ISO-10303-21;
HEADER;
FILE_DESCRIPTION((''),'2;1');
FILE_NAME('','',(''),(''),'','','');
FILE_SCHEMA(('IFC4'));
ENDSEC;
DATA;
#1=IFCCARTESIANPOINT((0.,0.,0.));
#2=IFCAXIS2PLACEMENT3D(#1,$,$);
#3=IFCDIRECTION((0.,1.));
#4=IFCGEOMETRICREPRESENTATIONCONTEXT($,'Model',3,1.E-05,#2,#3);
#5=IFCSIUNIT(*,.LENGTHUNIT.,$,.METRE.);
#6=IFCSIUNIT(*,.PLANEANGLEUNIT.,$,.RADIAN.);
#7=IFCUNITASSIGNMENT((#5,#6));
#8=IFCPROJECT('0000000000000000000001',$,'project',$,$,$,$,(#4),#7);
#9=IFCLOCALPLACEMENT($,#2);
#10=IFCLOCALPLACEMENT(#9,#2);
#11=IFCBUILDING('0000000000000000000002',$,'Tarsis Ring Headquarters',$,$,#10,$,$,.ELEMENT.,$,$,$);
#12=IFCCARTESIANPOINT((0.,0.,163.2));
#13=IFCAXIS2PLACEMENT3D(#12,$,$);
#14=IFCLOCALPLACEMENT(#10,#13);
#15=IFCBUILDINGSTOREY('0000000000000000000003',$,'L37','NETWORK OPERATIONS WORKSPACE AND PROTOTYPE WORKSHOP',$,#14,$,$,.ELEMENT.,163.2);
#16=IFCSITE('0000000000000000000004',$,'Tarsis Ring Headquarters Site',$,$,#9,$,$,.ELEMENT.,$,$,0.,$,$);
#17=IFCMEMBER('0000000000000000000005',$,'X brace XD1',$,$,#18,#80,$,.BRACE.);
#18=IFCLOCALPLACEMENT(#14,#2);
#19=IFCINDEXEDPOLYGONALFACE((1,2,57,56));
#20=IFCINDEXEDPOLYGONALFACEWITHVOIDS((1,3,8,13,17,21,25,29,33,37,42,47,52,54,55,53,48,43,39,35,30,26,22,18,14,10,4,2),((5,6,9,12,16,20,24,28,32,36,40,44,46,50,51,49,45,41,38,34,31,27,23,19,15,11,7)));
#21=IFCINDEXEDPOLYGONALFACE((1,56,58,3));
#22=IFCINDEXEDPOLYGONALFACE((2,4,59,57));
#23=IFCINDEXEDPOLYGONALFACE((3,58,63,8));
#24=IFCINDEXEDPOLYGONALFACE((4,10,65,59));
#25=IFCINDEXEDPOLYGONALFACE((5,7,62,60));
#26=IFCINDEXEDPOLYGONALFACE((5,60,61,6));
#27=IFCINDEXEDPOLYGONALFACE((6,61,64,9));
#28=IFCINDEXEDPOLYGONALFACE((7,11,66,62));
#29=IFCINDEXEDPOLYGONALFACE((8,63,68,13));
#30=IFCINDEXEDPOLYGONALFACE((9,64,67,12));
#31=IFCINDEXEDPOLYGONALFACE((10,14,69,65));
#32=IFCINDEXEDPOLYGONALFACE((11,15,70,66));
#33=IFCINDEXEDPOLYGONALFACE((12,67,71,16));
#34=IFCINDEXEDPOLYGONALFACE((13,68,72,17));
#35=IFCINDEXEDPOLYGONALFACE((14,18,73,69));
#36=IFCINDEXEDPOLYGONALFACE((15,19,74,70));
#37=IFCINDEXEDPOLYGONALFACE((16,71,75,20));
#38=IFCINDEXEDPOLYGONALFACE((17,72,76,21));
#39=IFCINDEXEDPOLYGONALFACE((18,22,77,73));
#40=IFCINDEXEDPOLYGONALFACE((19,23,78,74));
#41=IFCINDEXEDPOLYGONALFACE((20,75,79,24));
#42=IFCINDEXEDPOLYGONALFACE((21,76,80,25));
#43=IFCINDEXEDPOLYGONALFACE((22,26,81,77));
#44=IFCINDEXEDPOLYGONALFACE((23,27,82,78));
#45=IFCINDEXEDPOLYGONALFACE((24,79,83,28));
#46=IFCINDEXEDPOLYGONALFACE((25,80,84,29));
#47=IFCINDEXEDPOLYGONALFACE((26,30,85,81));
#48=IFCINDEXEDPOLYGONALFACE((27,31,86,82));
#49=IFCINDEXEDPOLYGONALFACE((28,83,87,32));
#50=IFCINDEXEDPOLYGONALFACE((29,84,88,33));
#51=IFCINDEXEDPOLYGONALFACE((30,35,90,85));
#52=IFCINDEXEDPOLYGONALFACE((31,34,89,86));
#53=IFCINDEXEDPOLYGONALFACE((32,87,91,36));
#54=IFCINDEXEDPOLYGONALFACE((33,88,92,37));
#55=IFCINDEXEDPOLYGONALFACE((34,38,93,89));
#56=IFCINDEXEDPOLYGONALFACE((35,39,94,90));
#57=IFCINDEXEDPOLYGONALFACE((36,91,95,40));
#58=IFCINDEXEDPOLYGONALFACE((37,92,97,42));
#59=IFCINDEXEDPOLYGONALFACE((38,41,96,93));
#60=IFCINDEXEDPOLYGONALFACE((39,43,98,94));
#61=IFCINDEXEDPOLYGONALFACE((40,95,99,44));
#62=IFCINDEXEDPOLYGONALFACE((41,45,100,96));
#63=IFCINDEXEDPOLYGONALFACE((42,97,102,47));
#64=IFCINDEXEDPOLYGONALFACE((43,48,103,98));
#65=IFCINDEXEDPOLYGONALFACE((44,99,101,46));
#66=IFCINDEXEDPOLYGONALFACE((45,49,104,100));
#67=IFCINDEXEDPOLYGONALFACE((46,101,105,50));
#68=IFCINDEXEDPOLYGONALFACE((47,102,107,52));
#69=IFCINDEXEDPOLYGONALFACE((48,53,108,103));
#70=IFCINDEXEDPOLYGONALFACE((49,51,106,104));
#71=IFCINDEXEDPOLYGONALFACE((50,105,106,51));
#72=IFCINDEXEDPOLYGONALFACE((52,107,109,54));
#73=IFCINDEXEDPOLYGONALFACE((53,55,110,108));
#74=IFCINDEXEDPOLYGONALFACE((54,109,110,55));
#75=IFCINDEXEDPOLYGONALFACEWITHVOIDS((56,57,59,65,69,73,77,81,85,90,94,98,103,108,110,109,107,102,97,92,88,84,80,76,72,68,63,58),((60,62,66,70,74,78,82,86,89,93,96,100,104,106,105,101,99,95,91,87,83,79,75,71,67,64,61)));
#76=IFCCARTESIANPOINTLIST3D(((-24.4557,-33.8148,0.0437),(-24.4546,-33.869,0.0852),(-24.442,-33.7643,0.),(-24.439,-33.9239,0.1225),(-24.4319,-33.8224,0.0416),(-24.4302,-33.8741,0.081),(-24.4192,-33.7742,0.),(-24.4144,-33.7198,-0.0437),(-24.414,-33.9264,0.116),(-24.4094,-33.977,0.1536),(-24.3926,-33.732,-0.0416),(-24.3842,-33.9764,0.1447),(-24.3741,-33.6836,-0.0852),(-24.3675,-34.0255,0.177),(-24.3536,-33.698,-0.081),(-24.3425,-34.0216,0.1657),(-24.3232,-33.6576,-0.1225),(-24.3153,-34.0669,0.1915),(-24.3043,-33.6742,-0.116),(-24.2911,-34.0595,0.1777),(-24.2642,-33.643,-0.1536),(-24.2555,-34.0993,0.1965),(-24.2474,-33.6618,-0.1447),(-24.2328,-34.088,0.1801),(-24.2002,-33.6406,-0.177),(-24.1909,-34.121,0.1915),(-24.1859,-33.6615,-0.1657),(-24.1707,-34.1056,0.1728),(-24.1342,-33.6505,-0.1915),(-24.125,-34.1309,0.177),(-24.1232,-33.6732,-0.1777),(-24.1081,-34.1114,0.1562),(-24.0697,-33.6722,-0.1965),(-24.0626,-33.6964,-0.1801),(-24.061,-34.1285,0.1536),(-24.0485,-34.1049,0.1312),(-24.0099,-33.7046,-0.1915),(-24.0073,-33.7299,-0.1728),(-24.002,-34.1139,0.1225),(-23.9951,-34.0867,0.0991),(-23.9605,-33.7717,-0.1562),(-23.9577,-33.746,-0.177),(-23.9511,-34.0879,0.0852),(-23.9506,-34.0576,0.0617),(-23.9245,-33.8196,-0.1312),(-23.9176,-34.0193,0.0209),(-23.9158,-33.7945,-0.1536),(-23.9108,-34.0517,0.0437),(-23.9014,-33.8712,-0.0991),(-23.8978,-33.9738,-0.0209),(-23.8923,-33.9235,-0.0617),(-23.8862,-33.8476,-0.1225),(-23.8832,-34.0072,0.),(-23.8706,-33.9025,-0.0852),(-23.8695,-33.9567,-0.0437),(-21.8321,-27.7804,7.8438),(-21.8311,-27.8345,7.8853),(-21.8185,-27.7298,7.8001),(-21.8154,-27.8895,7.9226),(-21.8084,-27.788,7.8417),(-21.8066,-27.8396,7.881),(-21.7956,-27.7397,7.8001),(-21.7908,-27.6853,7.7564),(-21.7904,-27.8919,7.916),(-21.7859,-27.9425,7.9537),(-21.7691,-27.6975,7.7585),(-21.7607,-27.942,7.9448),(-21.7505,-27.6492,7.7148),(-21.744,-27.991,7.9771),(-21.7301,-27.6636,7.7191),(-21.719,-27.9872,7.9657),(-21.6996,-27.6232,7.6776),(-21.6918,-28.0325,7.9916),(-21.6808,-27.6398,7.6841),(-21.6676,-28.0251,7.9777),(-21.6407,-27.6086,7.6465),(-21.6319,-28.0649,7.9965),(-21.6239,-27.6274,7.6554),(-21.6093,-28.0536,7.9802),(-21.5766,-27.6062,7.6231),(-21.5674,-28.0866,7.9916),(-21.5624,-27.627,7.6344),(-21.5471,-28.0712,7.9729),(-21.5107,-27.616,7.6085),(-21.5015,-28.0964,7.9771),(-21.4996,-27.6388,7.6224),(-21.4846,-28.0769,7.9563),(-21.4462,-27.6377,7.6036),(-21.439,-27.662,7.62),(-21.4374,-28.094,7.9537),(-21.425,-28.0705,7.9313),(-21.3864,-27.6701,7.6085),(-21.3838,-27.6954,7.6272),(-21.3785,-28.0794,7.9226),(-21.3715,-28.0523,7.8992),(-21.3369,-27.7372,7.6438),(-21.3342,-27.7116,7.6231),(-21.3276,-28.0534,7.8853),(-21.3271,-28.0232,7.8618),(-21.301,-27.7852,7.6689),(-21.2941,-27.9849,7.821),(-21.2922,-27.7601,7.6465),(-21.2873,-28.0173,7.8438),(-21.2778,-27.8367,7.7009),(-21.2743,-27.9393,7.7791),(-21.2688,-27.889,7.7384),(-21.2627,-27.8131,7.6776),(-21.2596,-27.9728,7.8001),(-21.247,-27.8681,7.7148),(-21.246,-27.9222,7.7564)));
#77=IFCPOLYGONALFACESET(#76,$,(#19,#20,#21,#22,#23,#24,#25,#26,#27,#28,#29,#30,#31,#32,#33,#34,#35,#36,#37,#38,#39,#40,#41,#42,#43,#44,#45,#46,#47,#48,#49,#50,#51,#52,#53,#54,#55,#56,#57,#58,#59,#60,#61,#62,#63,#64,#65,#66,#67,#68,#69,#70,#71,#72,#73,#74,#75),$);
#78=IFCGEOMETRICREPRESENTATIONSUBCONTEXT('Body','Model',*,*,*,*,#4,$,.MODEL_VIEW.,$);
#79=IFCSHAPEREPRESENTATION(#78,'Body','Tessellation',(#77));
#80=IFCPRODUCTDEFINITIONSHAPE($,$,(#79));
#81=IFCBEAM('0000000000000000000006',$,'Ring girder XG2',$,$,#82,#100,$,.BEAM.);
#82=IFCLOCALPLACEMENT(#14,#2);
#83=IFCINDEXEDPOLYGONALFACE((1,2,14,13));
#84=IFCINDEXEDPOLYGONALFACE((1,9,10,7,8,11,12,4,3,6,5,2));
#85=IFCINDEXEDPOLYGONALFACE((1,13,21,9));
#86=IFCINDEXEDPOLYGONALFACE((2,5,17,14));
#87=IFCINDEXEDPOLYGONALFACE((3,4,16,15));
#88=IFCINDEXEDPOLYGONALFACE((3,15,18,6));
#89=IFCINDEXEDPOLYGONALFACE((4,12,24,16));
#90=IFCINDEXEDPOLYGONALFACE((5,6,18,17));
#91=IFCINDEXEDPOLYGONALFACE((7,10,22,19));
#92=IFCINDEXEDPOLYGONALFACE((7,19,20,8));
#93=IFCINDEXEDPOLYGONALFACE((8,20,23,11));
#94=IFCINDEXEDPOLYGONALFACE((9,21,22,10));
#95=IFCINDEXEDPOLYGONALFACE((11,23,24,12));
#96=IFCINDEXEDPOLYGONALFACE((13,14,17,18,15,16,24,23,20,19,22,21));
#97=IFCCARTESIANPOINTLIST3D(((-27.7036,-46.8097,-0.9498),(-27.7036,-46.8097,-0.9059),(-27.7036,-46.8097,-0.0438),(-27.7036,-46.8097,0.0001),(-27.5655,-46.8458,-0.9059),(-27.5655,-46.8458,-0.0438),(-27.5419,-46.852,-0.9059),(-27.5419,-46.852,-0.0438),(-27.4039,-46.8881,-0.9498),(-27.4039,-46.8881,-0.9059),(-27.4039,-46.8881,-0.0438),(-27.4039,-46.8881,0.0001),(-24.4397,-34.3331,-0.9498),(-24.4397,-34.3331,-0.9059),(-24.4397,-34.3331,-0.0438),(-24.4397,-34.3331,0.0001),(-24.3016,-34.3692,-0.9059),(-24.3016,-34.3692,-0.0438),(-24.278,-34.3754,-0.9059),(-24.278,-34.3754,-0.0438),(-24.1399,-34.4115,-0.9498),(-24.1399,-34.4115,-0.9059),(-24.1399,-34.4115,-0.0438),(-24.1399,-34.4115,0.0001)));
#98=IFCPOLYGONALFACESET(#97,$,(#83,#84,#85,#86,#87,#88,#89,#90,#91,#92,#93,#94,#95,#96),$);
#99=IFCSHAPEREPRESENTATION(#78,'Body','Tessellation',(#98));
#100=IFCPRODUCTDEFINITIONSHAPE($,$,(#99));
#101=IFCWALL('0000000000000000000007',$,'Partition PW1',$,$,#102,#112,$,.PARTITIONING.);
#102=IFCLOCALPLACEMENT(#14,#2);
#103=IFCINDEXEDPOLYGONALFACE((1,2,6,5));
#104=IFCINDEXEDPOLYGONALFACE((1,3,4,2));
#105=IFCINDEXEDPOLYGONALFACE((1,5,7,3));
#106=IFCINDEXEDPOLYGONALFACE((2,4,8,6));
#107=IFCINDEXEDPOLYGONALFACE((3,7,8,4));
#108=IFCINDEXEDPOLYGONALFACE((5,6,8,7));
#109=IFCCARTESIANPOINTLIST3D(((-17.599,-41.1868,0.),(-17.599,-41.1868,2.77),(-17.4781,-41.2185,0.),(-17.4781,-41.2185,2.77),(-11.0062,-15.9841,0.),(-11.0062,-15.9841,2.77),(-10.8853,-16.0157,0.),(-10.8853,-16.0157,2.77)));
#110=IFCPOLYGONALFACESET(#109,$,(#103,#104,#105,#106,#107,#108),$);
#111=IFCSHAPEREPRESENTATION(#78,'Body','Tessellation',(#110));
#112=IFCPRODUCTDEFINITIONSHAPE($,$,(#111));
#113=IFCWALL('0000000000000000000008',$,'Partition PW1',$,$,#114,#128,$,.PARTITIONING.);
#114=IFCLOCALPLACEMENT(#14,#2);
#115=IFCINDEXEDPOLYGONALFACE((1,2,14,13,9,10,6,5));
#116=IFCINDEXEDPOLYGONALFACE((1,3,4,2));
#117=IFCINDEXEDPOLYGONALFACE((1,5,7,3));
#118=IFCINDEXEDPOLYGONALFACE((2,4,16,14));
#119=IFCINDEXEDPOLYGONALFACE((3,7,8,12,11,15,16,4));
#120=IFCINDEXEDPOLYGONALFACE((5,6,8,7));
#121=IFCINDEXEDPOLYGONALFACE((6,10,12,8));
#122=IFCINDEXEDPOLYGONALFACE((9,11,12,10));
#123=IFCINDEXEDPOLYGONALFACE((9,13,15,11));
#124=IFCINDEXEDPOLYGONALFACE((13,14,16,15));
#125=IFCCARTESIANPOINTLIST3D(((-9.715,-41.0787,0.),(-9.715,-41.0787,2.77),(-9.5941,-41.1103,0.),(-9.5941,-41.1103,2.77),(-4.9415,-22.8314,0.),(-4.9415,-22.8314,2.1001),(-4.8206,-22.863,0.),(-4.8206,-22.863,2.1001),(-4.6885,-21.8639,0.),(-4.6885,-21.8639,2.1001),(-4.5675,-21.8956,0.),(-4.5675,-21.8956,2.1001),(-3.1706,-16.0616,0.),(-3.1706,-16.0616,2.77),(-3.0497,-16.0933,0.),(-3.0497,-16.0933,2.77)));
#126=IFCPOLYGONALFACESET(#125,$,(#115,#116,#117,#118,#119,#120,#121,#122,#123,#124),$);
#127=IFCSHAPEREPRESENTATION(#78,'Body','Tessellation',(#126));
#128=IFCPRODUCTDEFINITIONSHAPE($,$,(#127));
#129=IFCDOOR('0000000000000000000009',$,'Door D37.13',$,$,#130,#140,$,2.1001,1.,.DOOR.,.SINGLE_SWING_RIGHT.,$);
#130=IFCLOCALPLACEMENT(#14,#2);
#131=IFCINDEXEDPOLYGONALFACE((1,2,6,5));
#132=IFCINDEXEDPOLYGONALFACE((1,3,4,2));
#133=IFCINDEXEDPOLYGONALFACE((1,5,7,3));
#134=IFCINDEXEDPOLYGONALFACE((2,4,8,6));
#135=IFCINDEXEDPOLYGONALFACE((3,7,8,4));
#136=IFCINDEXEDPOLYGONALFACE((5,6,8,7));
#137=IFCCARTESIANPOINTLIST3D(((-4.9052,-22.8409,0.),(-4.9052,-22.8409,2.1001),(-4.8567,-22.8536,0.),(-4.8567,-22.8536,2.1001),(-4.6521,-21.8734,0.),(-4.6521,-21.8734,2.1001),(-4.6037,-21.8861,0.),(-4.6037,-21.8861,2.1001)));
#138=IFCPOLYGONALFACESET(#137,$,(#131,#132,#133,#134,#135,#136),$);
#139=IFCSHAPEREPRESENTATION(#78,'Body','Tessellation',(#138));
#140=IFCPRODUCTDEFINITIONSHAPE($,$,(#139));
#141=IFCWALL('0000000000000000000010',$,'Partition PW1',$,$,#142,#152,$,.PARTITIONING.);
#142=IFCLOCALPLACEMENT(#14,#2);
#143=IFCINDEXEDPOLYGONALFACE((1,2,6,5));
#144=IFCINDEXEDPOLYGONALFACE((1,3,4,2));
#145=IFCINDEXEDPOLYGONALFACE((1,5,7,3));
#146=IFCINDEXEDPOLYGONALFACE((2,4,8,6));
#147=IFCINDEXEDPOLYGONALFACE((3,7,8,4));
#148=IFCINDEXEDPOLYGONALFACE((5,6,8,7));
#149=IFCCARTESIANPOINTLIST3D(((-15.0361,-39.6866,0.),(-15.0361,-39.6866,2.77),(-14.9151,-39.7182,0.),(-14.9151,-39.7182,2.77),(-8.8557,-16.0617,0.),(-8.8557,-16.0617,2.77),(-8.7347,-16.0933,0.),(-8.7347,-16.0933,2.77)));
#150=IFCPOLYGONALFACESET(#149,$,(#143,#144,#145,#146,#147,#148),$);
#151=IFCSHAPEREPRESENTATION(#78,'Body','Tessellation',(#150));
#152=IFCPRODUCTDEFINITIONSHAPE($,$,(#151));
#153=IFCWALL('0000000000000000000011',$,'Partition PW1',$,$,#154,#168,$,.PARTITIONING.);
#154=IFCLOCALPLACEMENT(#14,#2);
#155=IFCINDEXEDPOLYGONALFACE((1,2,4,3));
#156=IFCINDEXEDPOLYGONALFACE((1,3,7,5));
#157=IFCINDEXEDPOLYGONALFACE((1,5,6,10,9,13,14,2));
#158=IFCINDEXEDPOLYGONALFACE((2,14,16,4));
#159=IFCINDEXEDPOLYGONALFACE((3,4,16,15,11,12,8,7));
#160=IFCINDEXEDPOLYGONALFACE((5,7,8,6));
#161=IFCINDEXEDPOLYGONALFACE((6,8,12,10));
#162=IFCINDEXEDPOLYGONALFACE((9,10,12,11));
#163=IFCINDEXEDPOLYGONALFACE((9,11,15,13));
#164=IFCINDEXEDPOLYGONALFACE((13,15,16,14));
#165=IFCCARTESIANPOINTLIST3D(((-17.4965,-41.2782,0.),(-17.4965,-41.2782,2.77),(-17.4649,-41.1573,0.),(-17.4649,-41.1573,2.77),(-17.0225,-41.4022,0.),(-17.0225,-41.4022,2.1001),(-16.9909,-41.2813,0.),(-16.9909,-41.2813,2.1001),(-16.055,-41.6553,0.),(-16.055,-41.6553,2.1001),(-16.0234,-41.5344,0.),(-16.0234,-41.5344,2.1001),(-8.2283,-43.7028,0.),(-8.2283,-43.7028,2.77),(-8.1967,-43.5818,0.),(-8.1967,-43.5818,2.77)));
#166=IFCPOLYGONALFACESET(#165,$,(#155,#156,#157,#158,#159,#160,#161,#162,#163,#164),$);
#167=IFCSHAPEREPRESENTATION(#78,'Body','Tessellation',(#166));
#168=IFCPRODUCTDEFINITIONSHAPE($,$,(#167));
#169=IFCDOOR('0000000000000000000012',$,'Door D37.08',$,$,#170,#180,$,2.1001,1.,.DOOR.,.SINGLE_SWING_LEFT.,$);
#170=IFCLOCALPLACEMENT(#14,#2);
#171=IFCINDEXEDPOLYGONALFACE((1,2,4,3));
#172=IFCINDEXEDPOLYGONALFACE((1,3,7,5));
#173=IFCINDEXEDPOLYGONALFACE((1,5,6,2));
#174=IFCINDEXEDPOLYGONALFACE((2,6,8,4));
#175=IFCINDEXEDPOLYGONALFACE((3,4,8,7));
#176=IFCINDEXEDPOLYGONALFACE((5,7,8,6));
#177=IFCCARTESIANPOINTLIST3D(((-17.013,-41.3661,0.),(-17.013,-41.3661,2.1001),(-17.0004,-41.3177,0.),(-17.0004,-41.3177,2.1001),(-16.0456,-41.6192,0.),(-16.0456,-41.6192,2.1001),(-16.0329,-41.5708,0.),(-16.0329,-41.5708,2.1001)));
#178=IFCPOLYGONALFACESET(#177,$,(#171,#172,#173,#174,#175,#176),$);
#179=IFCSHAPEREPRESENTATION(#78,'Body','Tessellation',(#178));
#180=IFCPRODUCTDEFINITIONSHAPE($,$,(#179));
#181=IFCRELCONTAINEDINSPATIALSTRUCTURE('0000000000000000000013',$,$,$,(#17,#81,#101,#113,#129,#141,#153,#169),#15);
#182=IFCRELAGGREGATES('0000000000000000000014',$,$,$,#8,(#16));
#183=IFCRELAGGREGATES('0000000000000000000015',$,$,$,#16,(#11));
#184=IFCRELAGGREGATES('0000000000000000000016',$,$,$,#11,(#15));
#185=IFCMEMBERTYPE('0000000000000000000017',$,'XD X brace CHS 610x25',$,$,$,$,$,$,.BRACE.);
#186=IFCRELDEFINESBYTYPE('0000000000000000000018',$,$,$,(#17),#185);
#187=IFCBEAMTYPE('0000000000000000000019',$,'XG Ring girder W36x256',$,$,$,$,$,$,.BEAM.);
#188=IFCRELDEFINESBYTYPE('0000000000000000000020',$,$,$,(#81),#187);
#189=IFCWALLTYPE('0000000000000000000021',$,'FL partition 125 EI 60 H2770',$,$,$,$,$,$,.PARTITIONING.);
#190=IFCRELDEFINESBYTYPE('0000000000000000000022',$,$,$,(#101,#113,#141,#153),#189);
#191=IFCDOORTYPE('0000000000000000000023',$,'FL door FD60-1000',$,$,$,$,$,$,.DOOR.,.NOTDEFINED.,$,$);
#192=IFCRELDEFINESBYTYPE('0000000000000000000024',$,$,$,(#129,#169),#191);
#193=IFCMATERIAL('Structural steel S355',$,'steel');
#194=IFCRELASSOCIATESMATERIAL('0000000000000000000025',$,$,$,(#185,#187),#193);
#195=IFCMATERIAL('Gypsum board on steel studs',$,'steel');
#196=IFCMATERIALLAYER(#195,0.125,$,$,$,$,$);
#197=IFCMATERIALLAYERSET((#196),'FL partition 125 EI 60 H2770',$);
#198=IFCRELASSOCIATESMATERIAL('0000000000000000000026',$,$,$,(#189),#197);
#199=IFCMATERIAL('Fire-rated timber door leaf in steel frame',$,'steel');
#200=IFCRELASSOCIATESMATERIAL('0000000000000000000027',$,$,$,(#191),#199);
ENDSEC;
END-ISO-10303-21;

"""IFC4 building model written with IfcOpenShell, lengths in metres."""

from ifc_helpers import new_model, si_unit, direction, frame, frame_2d, origin, origin_2d, place, context, subcontext, project, spatial, rectangle, hollow_circle, i_section, extrude, material, layer, layer_set, material_profile, profile_set, type_object, element, fill, save


model = new_model("IFC4")

# Units and contexts
model_context = context("Model", 3, precision=1e-05, world=origin(), true_north=direction((0.0, 1.0)))
body_context = subcontext(model_context, "Body", "Model", "MODEL_VIEW")
ifc_project = project(units=[si_unit("LENGTHUNIT", "METRE"), si_unit("PLANEANGLEUNIT", "RADIAN")], contexts=[model_context])

# Site, building, storey
site_placement = place(None, origin())
site = spatial("IfcSite", under=ifc_project, at=site_placement, Name="Tarsis Ring Headquarters Site", CompositionType="ELEMENT", RefElevation=0.0)
building_placement = place(site_placement, origin())
building = spatial("IfcBuilding", under=site, at=building_placement, Name="Tarsis Ring Headquarters", CompositionType="ELEMENT")
storey_placement = place(building_placement, frame((0.0, 0.0, 163.2)))
storey = spatial("IfcBuildingStorey", under=building, at=storey_placement, Name="L37", Description="NETWORK OPERATIONS WORKSPACE AND PROTOTYPE WORKSHOP", CompositionType="ELEMENT", Elevation=163.2)

# Shared definitions
ifc_material_1 = material(Name="Structural steel S355", Category="steel")

# Shared definitions
ifc_material_profile_1 = material_profile(ifc_material_1, i_section(OverallWidth=0.3098, OverallDepth=0.95, WebThickness=0.0244, FlangeThickness=0.0439, at=origin_2d()), Name="W36x256")
ifc_profile_set_1 = profile_set([ifc_material_profile_1], Name="Structural steel S355")

# Member
ifc_material_profile_2 = material_profile(ifc_material_1, hollow_circle(Radius=0.3047, WallThickness=0.0249, at=origin_2d()), Name="CHS 610x25")
ifc_profile_set_2 = profile_set([ifc_material_profile_2], Name="Structural steel S355")
member_type = type_object("IfcMemberType", Name="XD X brace CHS 610x25", PredefinedType="BRACE", material=ifc_profile_set_2)
member_placement = place(storey_placement, frame((-24.1626, -33.8857, 0.0), z_axis=(0.257088, 0.591332, 0.764351), x_axis=(-0.917077, 0.39871, 0.0)))
element("IfcMember", 1, at=member_placement, inside=storey, type_object=member_type, Name="X brace XD1", PredefinedType="BRACE", context=body_context, shape_type="SweptSolid", body=[
    extrude(hollow_circle(Radius=0.3047, WallThickness=0.0249, at=origin_2d()), origin(), (0.0, 0.0, 1.0), 10.2048),
])

# Beam
beam_type_1 = type_object("IfcBeamType", Name="XG Ring girder W36x256", PredefinedType="BEAM", material=ifc_profile_set_1)
beam_1_placement = place(storey_placement, frame((-24.2898, -34.3723, -0.4749), z_axis=(-0.253087, -0.967444, 0.0), x_axis=(0.967444, -0.253087, 0.0)))
element("IfcBeam", 2, at=beam_1_placement, inside=storey, type_object=beam_type_1, Name="Ring girder XG2", PredefinedType="BEAM", context=body_context, shape_type="SweptSolid", body=[
    extrude(i_section(OverallWidth=0.3098, OverallDepth=0.95, WebThickness=0.0244, FlangeThickness=0.0439, at=origin_2d()), origin(), (0.0, 0.0, 1.0), 12.8965),
])

# Wall
ifc_material_2 = material(Name="Gypsum board on steel studs", Category="steel")
ifc_layer_1 = layer(ifc_material_2, 0.125)
ifc_layer_set_1 = layer_set([ifc_layer_1], Name="FL partition 125 EI 60 H2770")
wall_type_1 = type_object("IfcWallType", Name="FL partition 125 EI 60 H2770", PredefinedType="PARTITIONING", material=ifc_layer_set_1)
wall_1_placement = place(storey_placement, frame((-17.5386, -41.2026, 0.0), z_axis=(0.0, 0.0, 1.0), x_axis=(0.253075, 0.967447, 0.0)))
element("IfcWall", 3, at=wall_1_placement, inside=storey, type_object=wall_type_1, Name="Partition PW1", PredefinedType="PARTITIONING", context=body_context, shape_type="SweptSolid", body=[
    extrude(rectangle(XDim=26.0508, YDim=0.125, at=frame_2d((13.0254, 0.0))), origin(), (0.0, 0.0, 1.0), 2.77),
])

# Wall, opening, door
wall_2_placement = place(storey_placement, frame((-9.6545, -41.0945, 0.0), z_axis=(0.0, 0.0, 1.0), x_axis=(0.253082, 0.967445, 0.0)))
wall_2 = element("IfcWall", 4, at=wall_2_placement, inside=storey, type_object=wall_type_1, Name="Partition PW1", PredefinedType="PARTITIONING", context=body_context, shape_type="SweptSolid", body=[
    extrude(rectangle(XDim=25.8589, YDim=0.125, at=frame_2d((12.9294, 0.0))), origin(), (0.0, 0.0, 1.0), 2.77),
])
opening_1_placement = place(wall_2_placement, frame((18.8613, 0.0, 0.0)))
opening_1 = element("IfcOpeningElement", 5, at=opening_1_placement, cuts=wall_2, PredefinedType="OPENING", context=body_context, shape_type="SweptSolid", body=[
    extrude(rectangle(XDim=1.0, YDim=2.1001, at=frame_2d((0.5, 1.05))), frame((0.0, 0.0725, 0.0), z_axis=(0.0, -1.0, 0.0), x_axis=(1.0, 0.0, 0.0)), (0.0, 0.0, 1.0), 0.145),
])
ifc_material_3 = material(Name="Fire-rated timber door leaf in steel frame", Category="steel")
door_type = type_object("IfcDoorType", Name="FL door FD60-1000", OperationType="NOTDEFINED", PredefinedType="DOOR", material=ifc_material_3)
door_1_placement = place(opening_1_placement, origin())
door_1 = element("IfcDoor", 6, at=door_1_placement, inside=storey, type_object=door_type, Name="Door D37.13", OperationType="SINGLE_SWING_RIGHT", OverallHeight=2.1001, OverallWidth=1.0, PredefinedType="DOOR", context=body_context, shape_type="SweptSolid", body=[
    extrude(rectangle(XDim=1.0, YDim=2.1001, at=frame_2d((0.5, 1.05))), frame((0.0, 0.0249, 0.0), z_axis=(0.0, -1.0, 0.0), x_axis=(1.0, 0.0, 0.0)), (0.0, 0.0, 1.0), 0.05),
])
fill(opening_1, door_1)

# Wall
wall_3_placement = place(storey_placement, frame((-14.9756, -39.7024, 0.0), z_axis=(0.0, 0.0, 1.0), x_axis=(0.253088, 0.967443, 0.0)))
element("IfcWall", 7, at=wall_3_placement, inside=storey, type_object=wall_type_1, Name="Partition PW1", PredefinedType="PARTITIONING", context=body_context, shape_type="SweptSolid", body=[
    extrude(rectangle(XDim=24.4199, YDim=0.125, at=frame_2d((12.21, 0.0))), origin(), (0.0, 0.0, 1.0), 2.77),
])

# Wall, opening, door
wall_4_placement = place(storey_placement, frame((-17.4807, -41.2178, 0.0), z_axis=(0.0, 0.0, 1.0), x_axis=(0.967445, -0.253081, 0.0)))
wall_4 = element("IfcWall", 8, at=wall_4_placement, inside=storey, type_object=wall_type_1, Name="Partition PW1", PredefinedType="PARTITIONING", context=body_context, shape_type="SweptSolid", body=[
    extrude(rectangle(XDim=9.5801, YDim=0.125, at=frame_2d((4.79, 0.0))), origin(), (0.0, 0.0, 1.0), 2.77),
])
opening_2_placement = place(wall_4_placement, frame((0.49, 0.0, 0.0)))
opening_2 = element("IfcOpeningElement", 9, at=opening_2_placement, cuts=wall_4, PredefinedType="OPENING", context=body_context, shape_type="SweptSolid", body=[
    extrude(rectangle(XDim=1.0, YDim=2.1001, at=frame_2d((0.5, 1.05))), frame((0.0, 0.0725, 0.0), z_axis=(0.0, -1.0, 0.0), x_axis=(1.0, 0.0, 0.0)), (0.0, 0.0, 1.0), 0.145),
])
door_2_placement = place(opening_2_placement, origin())
door_2 = element("IfcDoor", 10, at=door_2_placement, inside=storey, type_object=door_type, Name="Door D37.08", OperationType="SINGLE_SWING_LEFT", OverallHeight=2.1001, OverallWidth=1.0, PredefinedType="DOOR", context=body_context, shape_type="SweptSolid", body=[
    extrude(rectangle(XDim=1.0, YDim=2.1001, at=frame_2d((0.5, 1.05))), frame((0.0, 0.0249, 0.0), z_axis=(0.0, -1.0, 0.0), x_axis=(1.0, 0.0, 0.0)), (0.0, 0.0, 1.0), 0.05),
])
fill(opening_2, door_2)

save(model, "model.ifc")
